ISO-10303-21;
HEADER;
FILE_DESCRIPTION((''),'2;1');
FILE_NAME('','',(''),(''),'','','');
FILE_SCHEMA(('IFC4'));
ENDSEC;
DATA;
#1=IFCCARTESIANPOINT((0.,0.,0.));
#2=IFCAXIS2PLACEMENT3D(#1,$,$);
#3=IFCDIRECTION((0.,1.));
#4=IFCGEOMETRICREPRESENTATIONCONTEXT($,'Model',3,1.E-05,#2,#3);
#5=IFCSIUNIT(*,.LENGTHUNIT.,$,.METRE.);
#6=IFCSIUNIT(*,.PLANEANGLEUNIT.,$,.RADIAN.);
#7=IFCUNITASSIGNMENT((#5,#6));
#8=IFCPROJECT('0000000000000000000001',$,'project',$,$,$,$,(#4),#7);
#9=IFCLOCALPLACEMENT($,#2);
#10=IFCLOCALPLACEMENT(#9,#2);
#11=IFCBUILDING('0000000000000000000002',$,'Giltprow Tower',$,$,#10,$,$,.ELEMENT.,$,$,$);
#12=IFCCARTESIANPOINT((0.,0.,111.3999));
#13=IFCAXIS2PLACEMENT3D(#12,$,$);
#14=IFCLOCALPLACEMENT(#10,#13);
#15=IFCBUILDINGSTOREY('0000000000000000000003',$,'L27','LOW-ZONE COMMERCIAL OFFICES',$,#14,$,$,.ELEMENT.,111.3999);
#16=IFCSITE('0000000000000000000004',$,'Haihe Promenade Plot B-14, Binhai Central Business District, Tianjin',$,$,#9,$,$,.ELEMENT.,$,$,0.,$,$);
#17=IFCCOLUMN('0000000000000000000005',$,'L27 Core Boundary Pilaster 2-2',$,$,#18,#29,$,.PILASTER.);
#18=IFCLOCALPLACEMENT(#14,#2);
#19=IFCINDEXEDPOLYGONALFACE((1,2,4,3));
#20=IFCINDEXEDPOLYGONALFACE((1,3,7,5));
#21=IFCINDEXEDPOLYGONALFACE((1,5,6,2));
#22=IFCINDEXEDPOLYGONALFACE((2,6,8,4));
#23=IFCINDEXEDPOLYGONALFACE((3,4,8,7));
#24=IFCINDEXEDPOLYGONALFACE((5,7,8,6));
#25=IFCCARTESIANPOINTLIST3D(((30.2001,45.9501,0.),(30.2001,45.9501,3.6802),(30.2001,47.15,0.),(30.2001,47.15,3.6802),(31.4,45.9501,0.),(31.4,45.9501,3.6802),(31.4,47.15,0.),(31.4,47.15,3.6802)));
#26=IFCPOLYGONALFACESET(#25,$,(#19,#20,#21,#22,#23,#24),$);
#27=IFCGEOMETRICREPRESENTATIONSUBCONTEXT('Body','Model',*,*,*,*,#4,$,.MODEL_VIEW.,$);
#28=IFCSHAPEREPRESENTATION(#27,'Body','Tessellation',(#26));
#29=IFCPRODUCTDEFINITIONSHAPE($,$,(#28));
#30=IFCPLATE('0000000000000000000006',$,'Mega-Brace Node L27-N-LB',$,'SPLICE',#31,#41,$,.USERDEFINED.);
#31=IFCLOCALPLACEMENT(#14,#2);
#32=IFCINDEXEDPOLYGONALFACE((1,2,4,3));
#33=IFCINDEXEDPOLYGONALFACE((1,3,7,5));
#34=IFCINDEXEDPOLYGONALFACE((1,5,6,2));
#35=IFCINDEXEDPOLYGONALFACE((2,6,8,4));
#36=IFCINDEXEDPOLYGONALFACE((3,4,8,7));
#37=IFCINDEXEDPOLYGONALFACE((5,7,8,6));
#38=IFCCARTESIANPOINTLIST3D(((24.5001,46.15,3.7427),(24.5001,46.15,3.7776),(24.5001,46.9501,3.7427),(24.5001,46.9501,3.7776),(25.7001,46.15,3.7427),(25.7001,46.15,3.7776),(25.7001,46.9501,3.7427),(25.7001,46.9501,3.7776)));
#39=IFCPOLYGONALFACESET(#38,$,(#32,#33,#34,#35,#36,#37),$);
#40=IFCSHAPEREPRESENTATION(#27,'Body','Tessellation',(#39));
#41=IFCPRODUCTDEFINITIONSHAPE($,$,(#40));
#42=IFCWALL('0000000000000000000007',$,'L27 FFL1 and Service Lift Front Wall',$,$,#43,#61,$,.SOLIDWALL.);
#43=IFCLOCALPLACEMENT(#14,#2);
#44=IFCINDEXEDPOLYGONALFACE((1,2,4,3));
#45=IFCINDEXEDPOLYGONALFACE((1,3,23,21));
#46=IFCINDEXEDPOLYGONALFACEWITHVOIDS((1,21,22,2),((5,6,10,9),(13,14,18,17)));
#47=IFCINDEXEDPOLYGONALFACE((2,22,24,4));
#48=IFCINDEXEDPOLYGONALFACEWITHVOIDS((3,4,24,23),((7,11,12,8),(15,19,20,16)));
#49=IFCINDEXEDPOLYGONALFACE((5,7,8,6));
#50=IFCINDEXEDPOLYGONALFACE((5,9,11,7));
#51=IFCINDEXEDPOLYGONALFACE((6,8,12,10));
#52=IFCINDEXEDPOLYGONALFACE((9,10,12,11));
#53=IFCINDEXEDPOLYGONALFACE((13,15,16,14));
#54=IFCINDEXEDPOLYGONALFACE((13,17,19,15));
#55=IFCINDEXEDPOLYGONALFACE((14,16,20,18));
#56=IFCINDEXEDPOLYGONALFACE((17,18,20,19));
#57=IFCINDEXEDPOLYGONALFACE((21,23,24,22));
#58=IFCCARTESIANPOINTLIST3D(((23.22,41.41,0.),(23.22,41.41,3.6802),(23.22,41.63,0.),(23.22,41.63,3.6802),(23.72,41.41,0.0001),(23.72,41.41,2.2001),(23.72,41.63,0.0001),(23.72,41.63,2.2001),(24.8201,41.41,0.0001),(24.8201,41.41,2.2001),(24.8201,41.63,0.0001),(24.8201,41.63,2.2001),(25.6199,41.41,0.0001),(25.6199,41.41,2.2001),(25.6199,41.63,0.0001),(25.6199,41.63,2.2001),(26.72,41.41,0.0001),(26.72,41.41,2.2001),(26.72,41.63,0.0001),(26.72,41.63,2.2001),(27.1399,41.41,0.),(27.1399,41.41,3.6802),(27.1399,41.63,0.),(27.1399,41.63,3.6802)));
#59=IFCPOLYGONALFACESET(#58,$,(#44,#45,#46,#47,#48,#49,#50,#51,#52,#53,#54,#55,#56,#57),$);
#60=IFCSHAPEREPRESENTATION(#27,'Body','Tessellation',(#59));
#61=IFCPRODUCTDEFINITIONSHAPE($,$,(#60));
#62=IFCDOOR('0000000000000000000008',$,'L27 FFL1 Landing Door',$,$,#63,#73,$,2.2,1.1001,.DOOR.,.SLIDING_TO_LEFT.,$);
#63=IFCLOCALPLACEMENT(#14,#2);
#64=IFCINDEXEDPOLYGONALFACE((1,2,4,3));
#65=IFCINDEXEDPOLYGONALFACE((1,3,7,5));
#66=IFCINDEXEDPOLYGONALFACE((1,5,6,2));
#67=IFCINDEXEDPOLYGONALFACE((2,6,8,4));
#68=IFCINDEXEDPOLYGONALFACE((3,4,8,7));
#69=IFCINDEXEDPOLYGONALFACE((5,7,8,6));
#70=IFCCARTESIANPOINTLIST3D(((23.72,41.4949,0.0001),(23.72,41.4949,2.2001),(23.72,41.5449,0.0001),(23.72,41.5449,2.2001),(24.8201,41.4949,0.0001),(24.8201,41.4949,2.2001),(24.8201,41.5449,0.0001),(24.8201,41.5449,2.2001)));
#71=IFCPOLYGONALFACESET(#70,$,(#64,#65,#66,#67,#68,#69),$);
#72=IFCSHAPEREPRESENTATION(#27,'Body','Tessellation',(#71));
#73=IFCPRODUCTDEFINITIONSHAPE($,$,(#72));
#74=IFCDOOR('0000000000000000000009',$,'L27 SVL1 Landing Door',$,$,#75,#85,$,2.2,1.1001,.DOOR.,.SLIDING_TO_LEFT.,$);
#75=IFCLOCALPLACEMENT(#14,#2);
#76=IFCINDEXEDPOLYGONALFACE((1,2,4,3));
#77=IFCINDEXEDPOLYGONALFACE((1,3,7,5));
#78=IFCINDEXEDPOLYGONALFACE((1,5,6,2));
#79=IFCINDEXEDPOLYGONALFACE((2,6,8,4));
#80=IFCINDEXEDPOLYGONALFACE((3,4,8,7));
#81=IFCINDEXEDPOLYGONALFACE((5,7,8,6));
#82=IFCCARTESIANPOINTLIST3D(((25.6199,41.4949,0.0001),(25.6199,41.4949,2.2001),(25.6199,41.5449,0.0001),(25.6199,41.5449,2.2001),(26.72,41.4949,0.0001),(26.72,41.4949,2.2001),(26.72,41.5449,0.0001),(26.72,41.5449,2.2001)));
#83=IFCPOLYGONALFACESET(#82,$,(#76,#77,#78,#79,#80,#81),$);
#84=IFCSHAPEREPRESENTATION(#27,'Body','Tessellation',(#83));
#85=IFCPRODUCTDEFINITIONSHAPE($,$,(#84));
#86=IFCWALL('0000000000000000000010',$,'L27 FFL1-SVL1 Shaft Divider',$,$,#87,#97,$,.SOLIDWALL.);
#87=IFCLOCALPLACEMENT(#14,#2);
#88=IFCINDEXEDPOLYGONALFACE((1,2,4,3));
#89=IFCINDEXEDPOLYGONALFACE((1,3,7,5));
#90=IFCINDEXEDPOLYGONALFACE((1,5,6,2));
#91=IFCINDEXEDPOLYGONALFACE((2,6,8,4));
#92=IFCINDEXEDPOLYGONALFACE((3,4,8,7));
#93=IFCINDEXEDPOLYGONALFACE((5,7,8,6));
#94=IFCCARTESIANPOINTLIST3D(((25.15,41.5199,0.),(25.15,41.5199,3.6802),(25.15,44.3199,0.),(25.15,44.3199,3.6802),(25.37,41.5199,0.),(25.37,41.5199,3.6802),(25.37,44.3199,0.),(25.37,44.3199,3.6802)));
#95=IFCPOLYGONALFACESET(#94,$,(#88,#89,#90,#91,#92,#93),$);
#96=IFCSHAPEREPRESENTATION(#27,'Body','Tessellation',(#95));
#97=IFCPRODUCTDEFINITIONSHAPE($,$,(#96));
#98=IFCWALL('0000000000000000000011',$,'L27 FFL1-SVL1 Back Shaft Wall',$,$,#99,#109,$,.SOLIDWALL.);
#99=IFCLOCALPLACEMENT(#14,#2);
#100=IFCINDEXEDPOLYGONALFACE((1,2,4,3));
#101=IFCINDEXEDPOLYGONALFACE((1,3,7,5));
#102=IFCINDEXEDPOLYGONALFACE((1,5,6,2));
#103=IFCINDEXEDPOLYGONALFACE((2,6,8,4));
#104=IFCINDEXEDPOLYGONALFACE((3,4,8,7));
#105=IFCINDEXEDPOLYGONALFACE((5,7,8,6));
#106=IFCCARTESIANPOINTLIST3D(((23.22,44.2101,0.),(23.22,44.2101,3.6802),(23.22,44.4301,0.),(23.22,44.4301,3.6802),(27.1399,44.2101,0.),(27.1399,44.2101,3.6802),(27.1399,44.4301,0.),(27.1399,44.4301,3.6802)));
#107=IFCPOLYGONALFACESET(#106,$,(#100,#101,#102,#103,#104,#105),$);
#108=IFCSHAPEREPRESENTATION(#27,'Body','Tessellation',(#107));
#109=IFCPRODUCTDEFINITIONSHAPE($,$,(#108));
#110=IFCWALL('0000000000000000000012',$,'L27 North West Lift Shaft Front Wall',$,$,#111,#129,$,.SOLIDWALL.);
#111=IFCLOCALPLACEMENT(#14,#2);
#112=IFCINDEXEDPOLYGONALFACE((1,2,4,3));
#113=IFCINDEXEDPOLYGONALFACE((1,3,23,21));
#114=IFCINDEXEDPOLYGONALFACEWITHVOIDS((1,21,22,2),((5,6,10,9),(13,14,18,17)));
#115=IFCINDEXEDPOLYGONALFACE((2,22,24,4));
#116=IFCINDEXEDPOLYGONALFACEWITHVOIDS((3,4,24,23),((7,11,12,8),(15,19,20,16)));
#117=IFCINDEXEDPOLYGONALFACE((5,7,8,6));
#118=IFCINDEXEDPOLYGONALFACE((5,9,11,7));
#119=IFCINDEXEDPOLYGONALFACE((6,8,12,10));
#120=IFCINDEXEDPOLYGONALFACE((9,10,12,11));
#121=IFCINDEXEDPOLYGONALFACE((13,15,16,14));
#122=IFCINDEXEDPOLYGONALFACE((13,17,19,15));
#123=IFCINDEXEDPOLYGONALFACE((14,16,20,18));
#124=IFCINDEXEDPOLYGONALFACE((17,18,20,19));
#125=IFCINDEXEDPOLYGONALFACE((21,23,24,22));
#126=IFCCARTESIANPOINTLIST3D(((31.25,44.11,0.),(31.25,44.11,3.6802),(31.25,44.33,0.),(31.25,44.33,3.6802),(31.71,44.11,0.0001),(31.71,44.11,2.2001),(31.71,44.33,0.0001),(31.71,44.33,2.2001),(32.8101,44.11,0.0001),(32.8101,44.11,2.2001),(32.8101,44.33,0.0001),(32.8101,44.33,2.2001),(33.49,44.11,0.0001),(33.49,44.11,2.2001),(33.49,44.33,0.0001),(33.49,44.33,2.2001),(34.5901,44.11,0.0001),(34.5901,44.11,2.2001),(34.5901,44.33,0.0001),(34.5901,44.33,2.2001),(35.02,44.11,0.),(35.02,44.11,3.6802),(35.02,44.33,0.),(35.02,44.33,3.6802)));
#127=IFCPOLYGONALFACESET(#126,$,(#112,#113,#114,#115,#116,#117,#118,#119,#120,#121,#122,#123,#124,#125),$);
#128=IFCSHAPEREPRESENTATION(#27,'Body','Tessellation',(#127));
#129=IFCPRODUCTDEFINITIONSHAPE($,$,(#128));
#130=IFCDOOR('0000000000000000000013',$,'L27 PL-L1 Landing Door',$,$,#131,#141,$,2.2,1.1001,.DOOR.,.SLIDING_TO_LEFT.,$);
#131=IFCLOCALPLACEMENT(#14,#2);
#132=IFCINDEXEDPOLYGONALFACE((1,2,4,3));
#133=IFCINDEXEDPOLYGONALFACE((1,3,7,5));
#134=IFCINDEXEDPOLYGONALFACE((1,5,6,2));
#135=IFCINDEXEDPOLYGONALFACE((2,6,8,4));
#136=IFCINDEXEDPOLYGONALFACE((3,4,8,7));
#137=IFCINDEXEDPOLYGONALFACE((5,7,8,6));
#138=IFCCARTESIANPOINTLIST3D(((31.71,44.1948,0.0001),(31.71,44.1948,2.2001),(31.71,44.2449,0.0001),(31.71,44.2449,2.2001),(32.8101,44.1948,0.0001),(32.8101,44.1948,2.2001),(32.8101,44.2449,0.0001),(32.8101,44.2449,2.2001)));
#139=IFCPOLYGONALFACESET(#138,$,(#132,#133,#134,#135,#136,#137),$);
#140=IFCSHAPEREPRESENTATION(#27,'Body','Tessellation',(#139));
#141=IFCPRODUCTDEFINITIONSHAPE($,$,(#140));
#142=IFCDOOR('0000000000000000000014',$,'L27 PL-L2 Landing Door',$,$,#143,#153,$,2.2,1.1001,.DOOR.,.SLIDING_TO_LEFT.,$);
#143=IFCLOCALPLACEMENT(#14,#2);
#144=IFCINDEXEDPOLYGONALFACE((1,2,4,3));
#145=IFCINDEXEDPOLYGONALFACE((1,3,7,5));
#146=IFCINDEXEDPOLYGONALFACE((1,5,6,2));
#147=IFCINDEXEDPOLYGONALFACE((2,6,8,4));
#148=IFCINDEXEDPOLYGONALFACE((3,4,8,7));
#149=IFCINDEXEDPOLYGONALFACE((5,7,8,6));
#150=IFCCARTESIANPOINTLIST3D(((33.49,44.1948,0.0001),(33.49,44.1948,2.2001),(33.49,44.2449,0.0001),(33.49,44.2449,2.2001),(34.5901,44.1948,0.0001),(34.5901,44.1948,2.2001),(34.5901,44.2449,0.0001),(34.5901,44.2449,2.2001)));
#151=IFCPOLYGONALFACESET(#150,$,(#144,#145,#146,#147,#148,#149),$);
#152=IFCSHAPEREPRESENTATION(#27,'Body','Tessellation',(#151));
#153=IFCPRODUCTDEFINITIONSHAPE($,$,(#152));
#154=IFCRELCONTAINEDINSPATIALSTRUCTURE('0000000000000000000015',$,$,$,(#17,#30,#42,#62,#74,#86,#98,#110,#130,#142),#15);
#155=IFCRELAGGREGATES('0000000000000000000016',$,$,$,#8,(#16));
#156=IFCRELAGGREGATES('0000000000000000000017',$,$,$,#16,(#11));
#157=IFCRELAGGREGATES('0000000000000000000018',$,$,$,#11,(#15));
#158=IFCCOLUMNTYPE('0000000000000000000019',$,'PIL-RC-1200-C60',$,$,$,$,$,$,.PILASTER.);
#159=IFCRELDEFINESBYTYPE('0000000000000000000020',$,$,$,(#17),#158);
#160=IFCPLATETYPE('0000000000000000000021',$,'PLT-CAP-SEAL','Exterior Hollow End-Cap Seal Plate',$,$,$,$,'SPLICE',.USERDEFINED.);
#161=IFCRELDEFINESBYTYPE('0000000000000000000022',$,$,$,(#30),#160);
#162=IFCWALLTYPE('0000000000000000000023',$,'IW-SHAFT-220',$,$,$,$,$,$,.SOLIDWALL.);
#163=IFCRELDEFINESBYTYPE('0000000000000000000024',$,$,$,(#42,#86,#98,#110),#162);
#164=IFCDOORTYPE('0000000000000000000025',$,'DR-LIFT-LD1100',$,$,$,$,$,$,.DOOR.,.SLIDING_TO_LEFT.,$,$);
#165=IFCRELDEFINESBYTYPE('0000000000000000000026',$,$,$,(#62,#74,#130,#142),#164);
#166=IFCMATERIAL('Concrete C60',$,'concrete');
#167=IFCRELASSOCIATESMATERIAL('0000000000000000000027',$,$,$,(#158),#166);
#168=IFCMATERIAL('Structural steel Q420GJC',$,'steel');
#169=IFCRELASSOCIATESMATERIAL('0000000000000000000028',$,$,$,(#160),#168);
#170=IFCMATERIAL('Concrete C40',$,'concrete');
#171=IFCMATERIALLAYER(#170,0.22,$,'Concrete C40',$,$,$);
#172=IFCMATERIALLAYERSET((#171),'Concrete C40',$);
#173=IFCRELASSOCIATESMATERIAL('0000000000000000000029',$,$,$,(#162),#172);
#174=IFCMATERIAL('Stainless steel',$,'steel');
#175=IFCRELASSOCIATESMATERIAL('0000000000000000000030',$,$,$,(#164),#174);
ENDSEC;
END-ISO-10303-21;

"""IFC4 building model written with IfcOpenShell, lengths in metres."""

from ifc_helpers import new_model, si_unit, direction, frame, frame_2d, origin, origin_2d, place, context, subcontext, project, spatial, rectangle, extrude, source, transform, mapped, material, layer, layer_set, material_profile, profile_set, type_object, element, fill, save


model = new_model("IFC4")

# Units and contexts
model_context = context("Model", 3, precision=1e-05, world=origin(), true_north=direction((0.0, 1.0)))
body_context = subcontext(model_context, "Body", "Model", "MODEL_VIEW")
ifc_project = project(units=[si_unit("LENGTHUNIT", "METRE"), si_unit("PLANEANGLEUNIT", "RADIAN")], contexts=[model_context])

# Site, building, storey
site_placement = place(None, origin())
site = spatial("IfcSite", under=ifc_project, at=site_placement, Name="Haihe Promenade Plot B-14, Binhai Central Business District, Tianjin", CompositionType="ELEMENT", RefElevation=0.0)
building_placement = place(site_placement, origin())
building = spatial("IfcBuilding", under=site, at=building_placement, Name="Giltprow Tower", CompositionType="ELEMENT")
storey_placement = place(building_placement, frame((0.0, 0.0, 111.3999)))
storey = spatial("IfcBuildingStorey", under=building, at=storey_placement, Name="L27", Description="LOW-ZONE COMMERCIAL OFFICES", CompositionType="ELEMENT", Elevation=111.3999)

# Column
ifc_material_1 = material(Name="Concrete C60", Category="concrete")
ifc_material_profile = material_profile(ifc_material_1, rectangle(XDim=1.2, YDim=1.2, at=origin_2d()), Name="RC 1200x1200")
ifc_profile_set = profile_set([ifc_material_profile], Name="Concrete C60")
column_type = type_object("IfcColumnType", Name="PIL-RC-1200-C60", PredefinedType="PILASTER", material=ifc_profile_set)
shared_shape_1 = source(origin(), body_context, "Body", "SweptSolid", [
    extrude(rectangle(XDim=1.2, YDim=1.2, at=origin_2d()), origin(), (0.0, 0.0, 1.0), 3.6802),
])
column_placement = place(storey_placement, frame((30.8, 46.55, 0.0), z_axis=(0.0, 0.0, 1.0), x_axis=(1.0, 0.0, 0.0)))
element("IfcColumn", 1, at=column_placement, inside=storey, type_object=column_type, Name="L27 Core Boundary Pilaster 2-2", PredefinedType="PILASTER", context=body_context, shape_type="MappedRepresentation", body=[
    mapped(shared_shape_1, transform((0.0, 0.0, 0.0), x_axis=(1.0, 0.0, 0.0), y_axis=(0.0, 1.0, 0.0), z_axis=(0.0, 0.0, 1.0), scale=1.0)),
])

# Plate
ifc_material_2 = material(Name="Structural steel Q420GJC", Category="steel")
plate_type = type_object("IfcPlateType", Name="PLT-CAP-SEAL", Description="Exterior Hollow End-Cap Seal Plate", ElementType="SPLICE", PredefinedType="USERDEFINED", material=ifc_material_2)
shared_shape_2 = source(origin(), body_context, "Body", "SweptSolid", [
    extrude(rectangle(XDim=1.2, YDim=0.8, at=origin_2d()), origin(), (0.0, 0.0, 1.0), 0.0349),
])
plate_placement = place(storey_placement, frame((25.1001, 46.55, 3.7427), z_axis=(0.0, 0.0, 1.0), x_axis=(1.0, 0.0, 0.0)))
element("IfcPlate", 2, at=plate_placement, inside=storey, type_object=plate_type, Name="Mega-Brace Node L27-N-LB", ObjectType="SPLICE", PredefinedType="USERDEFINED", context=body_context, shape_type="MappedRepresentation", body=[
    mapped(shared_shape_2, transform((0.0, 0.0, 0.0), x_axis=(1.0, 0.0, 0.0), y_axis=(0.0, 1.0, 0.0), z_axis=(0.0, 0.0, 1.0), scale=1.0)),
])

# Wall, openings, doors
ifc_material_3 = material(Name="Concrete C40", Category="concrete")
ifc_layer_1 = layer(ifc_material_3, 0.22, Name="Concrete C40")
ifc_layer_set_1 = layer_set([ifc_layer_1], Name="Concrete C40")
wall_type_1 = type_object("IfcWallType", Name="IW-SHAFT-220", PredefinedType="SOLIDWALL", material=ifc_layer_set_1)
wall_1_placement = place(storey_placement, frame((23.22, 41.52, 0.0), z_axis=(0.0, 0.0, 1.0), x_axis=(1.0, 0.0, 0.0)))
wall_1 = element("IfcWall", 3, at=wall_1_placement, inside=storey, type_object=wall_type_1, Name="L27 FFL1 and Service Lift Front Wall", PredefinedType="SOLIDWALL", context=body_context, shape_type="SweptSolid", body=[
    extrude(rectangle(XDim=3.9199, YDim=0.22, at=frame_2d((1.96, 0.0))), origin(), (0.0, 0.0, 1.0), 3.6802),
])
opening_1_placement = place(wall_1_placement, frame((0.5, 0.0, 0.0)))
opening_1 = element("IfcOpeningElement", 4, at=opening_1_placement, cuts=wall_1, PredefinedType="OPENING", context=body_context, shape_type="SweptSolid", body=[
    extrude(rectangle(XDim=1.1001, YDim=2.2, at=frame_2d((0.55, 1.1001))), frame((0.0, 0.1199, 0.0), z_axis=(0.0, -1.0, 0.0), x_axis=(1.0, 0.0, 0.0)), (0.0, 0.0, 1.0), 0.24),
])
opening_2_placement = place(wall_1_placement, frame((2.3999, 0.0, 0.0)))
opening_2 = element("IfcOpeningElement", 5, at=opening_2_placement, cuts=wall_1, PredefinedType="OPENING", context=body_context, shape_type="SweptSolid", body=[
    extrude(rectangle(XDim=1.1001, YDim=2.2, at=frame_2d((0.55, 1.1001))), frame((0.0, 0.1199, 0.0), z_axis=(0.0, -1.0, 0.0), x_axis=(1.0, 0.0, 0.0)), (0.0, 0.0, 1.0), 0.24),
])
ifc_material_4 = material(Name="Stainless steel", Category="steel")
door_type = type_object("IfcDoorType", Name="DR-LIFT-LD1100", OperationType="SLIDING_TO_LEFT", PredefinedType="DOOR", material=ifc_material_4)
shared_shape_3 = source(origin(), body_context, "Body", "SweptSolid", [
    extrude(rectangle(XDim=1.1001, YDim=2.2, at=frame_2d((0.55, 1.1001))), frame((0.0, 0.0249, 0.0), z_axis=(0.0, -1.0, 0.0), x_axis=(1.0, 0.0, 0.0)), (0.0, 0.0, 1.0), 0.05),
])
door_1_placement = place(opening_1_placement, origin())
door_1 = element("IfcDoor", 6, at=door_1_placement, inside=storey, type_object=door_type, Name="L27 FFL1 Landing Door", OperationType="SLIDING_TO_LEFT", OverallHeight=2.2, OverallWidth=1.1001, PredefinedType="DOOR", context=body_context, shape_type="MappedRepresentation", body=[
    mapped(shared_shape_3, transform((0.0, 0.0, 0.0), x_axis=(1.0, 0.0, 0.0), y_axis=(0.0, 1.0, 0.0), z_axis=(0.0, 0.0, 1.0), scale=1.0)),
])
fill(opening_1, door_1)
door_2_placement = place(opening_2_placement, origin())
door_2 = element("IfcDoor", 7, at=door_2_placement, inside=storey, type_object=door_type, Name="L27 SVL1 Landing Door", OperationType="SLIDING_TO_LEFT", OverallHeight=2.2, OverallWidth=1.1001, PredefinedType="DOOR", context=body_context, shape_type="MappedRepresentation", body=[
    mapped(shared_shape_3, transform((0.0, 0.0, 0.0), x_axis=(1.0, 0.0, 0.0), y_axis=(0.0, 1.0, 0.0), z_axis=(0.0, 0.0, 1.0), scale=1.0)),
])
fill(opening_2, door_2)

# Walls
wall_2_placement = place(storey_placement, frame((25.26, 41.52, 0.0), z_axis=(0.0, 0.0, 1.0), x_axis=(0.0, 1.0, 0.0)))
element("IfcWall", 8, at=wall_2_placement, inside=storey, type_object=wall_type_1, Name="L27 FFL1-SVL1 Shaft Divider", PredefinedType="SOLIDWALL", context=body_context, shape_type="SweptSolid", body=[
    extrude(rectangle(XDim=2.8, YDim=0.22, at=frame_2d((1.3999, 0.0))), origin(), (0.0, 0.0, 1.0), 3.6802),
])
wall_3_placement = place(storey_placement, frame((23.22, 44.3201, 0.0), z_axis=(0.0, 0.0, 1.0), x_axis=(1.0, 0.0, 0.0)))
element("IfcWall", 9, at=wall_3_placement, inside=storey, type_object=wall_type_1, Name="L27 FFL1-SVL1 Back Shaft Wall", PredefinedType="SOLIDWALL", context=body_context, shape_type="SweptSolid", body=[
    extrude(rectangle(XDim=3.9199, YDim=0.22, at=frame_2d((1.96, 0.0))), origin(), (0.0, 0.0, 1.0), 3.6802),
])

# Wall, openings, doors
wall_4_placement = place(storey_placement, frame((31.25, 44.22, 0.0), z_axis=(0.0, 0.0, 1.0), x_axis=(1.0, 0.0, 0.0)))
wall_4 = element("IfcWall", 10, at=wall_4_placement, inside=storey, type_object=wall_type_1, Name="L27 North West Lift Shaft Front Wall", PredefinedType="SOLIDWALL", context=body_context, shape_type="SweptSolid", body=[
    extrude(rectangle(XDim=3.77, YDim=0.22, at=frame_2d((1.885, 0.0))), origin(), (0.0, 0.0, 1.0), 3.6802),
])
opening_3_placement = place(wall_4_placement, frame((0.46, 0.0, 0.0)))
opening_3 = element("IfcOpeningElement", 11, at=opening_3_placement, cuts=wall_4, PredefinedType="OPENING", context=body_context, shape_type="SweptSolid", body=[
    extrude(rectangle(XDim=1.1001, YDim=2.2, at=frame_2d((0.55, 1.1001))), frame((0.0, 0.1199, 0.0), z_axis=(0.0, -1.0, 0.0), x_axis=(1.0, 0.0, 0.0)), (0.0, 0.0, 1.0), 0.24),
])
opening_4_placement = place(wall_4_placement, frame((2.24, 0.0, 0.0)))
opening_4 = element("IfcOpeningElement", 12, at=opening_4_placement, cuts=wall_4, PredefinedType="OPENING", context=body_context, shape_type="SweptSolid", body=[
    extrude(rectangle(XDim=1.1001, YDim=2.2, at=frame_2d((0.55, 1.1001))), frame((0.0, 0.1199, 0.0), z_axis=(0.0, -1.0, 0.0), x_axis=(1.0, 0.0, 0.0)), (0.0, 0.0, 1.0), 0.24),
])
door_3_placement = place(opening_3_placement, origin())
door_3 = element("IfcDoor", 13, at=door_3_placement, inside=storey, type_object=door_type, Name="L27 PL-L1 Landing Door", OperationType="SLIDING_TO_LEFT", OverallHeight=2.2, OverallWidth=1.1001, PredefinedType="DOOR", context=body_context, shape_type="MappedRepresentation", body=[
    mapped(shared_shape_3, transform((0.0, 0.0, 0.0), x_axis=(1.0, 0.0, 0.0), y_axis=(0.0, 1.0, 0.0), z_axis=(0.0, 0.0, 1.0), scale=1.0)),
])
fill(opening_3, door_3)
door_4_placement = place(opening_4_placement, origin())
door_4 = element("IfcDoor", 14, at=door_4_placement, inside=storey, type_object=door_type, Name="L27 PL-L2 Landing Door", OperationType="SLIDING_TO_LEFT", OverallHeight=2.2, OverallWidth=1.1001, PredefinedType="DOOR", context=body_context, shape_type="MappedRepresentation", body=[
    mapped(shared_shape_3, transform((0.0, 0.0, 0.0), x_axis=(1.0, 0.0, 0.0), y_axis=(0.0, 1.0, 0.0), z_axis=(0.0, 0.0, 1.0), scale=1.0)),
])
fill(opening_4, door_4)

save(model, "model.ifc")
